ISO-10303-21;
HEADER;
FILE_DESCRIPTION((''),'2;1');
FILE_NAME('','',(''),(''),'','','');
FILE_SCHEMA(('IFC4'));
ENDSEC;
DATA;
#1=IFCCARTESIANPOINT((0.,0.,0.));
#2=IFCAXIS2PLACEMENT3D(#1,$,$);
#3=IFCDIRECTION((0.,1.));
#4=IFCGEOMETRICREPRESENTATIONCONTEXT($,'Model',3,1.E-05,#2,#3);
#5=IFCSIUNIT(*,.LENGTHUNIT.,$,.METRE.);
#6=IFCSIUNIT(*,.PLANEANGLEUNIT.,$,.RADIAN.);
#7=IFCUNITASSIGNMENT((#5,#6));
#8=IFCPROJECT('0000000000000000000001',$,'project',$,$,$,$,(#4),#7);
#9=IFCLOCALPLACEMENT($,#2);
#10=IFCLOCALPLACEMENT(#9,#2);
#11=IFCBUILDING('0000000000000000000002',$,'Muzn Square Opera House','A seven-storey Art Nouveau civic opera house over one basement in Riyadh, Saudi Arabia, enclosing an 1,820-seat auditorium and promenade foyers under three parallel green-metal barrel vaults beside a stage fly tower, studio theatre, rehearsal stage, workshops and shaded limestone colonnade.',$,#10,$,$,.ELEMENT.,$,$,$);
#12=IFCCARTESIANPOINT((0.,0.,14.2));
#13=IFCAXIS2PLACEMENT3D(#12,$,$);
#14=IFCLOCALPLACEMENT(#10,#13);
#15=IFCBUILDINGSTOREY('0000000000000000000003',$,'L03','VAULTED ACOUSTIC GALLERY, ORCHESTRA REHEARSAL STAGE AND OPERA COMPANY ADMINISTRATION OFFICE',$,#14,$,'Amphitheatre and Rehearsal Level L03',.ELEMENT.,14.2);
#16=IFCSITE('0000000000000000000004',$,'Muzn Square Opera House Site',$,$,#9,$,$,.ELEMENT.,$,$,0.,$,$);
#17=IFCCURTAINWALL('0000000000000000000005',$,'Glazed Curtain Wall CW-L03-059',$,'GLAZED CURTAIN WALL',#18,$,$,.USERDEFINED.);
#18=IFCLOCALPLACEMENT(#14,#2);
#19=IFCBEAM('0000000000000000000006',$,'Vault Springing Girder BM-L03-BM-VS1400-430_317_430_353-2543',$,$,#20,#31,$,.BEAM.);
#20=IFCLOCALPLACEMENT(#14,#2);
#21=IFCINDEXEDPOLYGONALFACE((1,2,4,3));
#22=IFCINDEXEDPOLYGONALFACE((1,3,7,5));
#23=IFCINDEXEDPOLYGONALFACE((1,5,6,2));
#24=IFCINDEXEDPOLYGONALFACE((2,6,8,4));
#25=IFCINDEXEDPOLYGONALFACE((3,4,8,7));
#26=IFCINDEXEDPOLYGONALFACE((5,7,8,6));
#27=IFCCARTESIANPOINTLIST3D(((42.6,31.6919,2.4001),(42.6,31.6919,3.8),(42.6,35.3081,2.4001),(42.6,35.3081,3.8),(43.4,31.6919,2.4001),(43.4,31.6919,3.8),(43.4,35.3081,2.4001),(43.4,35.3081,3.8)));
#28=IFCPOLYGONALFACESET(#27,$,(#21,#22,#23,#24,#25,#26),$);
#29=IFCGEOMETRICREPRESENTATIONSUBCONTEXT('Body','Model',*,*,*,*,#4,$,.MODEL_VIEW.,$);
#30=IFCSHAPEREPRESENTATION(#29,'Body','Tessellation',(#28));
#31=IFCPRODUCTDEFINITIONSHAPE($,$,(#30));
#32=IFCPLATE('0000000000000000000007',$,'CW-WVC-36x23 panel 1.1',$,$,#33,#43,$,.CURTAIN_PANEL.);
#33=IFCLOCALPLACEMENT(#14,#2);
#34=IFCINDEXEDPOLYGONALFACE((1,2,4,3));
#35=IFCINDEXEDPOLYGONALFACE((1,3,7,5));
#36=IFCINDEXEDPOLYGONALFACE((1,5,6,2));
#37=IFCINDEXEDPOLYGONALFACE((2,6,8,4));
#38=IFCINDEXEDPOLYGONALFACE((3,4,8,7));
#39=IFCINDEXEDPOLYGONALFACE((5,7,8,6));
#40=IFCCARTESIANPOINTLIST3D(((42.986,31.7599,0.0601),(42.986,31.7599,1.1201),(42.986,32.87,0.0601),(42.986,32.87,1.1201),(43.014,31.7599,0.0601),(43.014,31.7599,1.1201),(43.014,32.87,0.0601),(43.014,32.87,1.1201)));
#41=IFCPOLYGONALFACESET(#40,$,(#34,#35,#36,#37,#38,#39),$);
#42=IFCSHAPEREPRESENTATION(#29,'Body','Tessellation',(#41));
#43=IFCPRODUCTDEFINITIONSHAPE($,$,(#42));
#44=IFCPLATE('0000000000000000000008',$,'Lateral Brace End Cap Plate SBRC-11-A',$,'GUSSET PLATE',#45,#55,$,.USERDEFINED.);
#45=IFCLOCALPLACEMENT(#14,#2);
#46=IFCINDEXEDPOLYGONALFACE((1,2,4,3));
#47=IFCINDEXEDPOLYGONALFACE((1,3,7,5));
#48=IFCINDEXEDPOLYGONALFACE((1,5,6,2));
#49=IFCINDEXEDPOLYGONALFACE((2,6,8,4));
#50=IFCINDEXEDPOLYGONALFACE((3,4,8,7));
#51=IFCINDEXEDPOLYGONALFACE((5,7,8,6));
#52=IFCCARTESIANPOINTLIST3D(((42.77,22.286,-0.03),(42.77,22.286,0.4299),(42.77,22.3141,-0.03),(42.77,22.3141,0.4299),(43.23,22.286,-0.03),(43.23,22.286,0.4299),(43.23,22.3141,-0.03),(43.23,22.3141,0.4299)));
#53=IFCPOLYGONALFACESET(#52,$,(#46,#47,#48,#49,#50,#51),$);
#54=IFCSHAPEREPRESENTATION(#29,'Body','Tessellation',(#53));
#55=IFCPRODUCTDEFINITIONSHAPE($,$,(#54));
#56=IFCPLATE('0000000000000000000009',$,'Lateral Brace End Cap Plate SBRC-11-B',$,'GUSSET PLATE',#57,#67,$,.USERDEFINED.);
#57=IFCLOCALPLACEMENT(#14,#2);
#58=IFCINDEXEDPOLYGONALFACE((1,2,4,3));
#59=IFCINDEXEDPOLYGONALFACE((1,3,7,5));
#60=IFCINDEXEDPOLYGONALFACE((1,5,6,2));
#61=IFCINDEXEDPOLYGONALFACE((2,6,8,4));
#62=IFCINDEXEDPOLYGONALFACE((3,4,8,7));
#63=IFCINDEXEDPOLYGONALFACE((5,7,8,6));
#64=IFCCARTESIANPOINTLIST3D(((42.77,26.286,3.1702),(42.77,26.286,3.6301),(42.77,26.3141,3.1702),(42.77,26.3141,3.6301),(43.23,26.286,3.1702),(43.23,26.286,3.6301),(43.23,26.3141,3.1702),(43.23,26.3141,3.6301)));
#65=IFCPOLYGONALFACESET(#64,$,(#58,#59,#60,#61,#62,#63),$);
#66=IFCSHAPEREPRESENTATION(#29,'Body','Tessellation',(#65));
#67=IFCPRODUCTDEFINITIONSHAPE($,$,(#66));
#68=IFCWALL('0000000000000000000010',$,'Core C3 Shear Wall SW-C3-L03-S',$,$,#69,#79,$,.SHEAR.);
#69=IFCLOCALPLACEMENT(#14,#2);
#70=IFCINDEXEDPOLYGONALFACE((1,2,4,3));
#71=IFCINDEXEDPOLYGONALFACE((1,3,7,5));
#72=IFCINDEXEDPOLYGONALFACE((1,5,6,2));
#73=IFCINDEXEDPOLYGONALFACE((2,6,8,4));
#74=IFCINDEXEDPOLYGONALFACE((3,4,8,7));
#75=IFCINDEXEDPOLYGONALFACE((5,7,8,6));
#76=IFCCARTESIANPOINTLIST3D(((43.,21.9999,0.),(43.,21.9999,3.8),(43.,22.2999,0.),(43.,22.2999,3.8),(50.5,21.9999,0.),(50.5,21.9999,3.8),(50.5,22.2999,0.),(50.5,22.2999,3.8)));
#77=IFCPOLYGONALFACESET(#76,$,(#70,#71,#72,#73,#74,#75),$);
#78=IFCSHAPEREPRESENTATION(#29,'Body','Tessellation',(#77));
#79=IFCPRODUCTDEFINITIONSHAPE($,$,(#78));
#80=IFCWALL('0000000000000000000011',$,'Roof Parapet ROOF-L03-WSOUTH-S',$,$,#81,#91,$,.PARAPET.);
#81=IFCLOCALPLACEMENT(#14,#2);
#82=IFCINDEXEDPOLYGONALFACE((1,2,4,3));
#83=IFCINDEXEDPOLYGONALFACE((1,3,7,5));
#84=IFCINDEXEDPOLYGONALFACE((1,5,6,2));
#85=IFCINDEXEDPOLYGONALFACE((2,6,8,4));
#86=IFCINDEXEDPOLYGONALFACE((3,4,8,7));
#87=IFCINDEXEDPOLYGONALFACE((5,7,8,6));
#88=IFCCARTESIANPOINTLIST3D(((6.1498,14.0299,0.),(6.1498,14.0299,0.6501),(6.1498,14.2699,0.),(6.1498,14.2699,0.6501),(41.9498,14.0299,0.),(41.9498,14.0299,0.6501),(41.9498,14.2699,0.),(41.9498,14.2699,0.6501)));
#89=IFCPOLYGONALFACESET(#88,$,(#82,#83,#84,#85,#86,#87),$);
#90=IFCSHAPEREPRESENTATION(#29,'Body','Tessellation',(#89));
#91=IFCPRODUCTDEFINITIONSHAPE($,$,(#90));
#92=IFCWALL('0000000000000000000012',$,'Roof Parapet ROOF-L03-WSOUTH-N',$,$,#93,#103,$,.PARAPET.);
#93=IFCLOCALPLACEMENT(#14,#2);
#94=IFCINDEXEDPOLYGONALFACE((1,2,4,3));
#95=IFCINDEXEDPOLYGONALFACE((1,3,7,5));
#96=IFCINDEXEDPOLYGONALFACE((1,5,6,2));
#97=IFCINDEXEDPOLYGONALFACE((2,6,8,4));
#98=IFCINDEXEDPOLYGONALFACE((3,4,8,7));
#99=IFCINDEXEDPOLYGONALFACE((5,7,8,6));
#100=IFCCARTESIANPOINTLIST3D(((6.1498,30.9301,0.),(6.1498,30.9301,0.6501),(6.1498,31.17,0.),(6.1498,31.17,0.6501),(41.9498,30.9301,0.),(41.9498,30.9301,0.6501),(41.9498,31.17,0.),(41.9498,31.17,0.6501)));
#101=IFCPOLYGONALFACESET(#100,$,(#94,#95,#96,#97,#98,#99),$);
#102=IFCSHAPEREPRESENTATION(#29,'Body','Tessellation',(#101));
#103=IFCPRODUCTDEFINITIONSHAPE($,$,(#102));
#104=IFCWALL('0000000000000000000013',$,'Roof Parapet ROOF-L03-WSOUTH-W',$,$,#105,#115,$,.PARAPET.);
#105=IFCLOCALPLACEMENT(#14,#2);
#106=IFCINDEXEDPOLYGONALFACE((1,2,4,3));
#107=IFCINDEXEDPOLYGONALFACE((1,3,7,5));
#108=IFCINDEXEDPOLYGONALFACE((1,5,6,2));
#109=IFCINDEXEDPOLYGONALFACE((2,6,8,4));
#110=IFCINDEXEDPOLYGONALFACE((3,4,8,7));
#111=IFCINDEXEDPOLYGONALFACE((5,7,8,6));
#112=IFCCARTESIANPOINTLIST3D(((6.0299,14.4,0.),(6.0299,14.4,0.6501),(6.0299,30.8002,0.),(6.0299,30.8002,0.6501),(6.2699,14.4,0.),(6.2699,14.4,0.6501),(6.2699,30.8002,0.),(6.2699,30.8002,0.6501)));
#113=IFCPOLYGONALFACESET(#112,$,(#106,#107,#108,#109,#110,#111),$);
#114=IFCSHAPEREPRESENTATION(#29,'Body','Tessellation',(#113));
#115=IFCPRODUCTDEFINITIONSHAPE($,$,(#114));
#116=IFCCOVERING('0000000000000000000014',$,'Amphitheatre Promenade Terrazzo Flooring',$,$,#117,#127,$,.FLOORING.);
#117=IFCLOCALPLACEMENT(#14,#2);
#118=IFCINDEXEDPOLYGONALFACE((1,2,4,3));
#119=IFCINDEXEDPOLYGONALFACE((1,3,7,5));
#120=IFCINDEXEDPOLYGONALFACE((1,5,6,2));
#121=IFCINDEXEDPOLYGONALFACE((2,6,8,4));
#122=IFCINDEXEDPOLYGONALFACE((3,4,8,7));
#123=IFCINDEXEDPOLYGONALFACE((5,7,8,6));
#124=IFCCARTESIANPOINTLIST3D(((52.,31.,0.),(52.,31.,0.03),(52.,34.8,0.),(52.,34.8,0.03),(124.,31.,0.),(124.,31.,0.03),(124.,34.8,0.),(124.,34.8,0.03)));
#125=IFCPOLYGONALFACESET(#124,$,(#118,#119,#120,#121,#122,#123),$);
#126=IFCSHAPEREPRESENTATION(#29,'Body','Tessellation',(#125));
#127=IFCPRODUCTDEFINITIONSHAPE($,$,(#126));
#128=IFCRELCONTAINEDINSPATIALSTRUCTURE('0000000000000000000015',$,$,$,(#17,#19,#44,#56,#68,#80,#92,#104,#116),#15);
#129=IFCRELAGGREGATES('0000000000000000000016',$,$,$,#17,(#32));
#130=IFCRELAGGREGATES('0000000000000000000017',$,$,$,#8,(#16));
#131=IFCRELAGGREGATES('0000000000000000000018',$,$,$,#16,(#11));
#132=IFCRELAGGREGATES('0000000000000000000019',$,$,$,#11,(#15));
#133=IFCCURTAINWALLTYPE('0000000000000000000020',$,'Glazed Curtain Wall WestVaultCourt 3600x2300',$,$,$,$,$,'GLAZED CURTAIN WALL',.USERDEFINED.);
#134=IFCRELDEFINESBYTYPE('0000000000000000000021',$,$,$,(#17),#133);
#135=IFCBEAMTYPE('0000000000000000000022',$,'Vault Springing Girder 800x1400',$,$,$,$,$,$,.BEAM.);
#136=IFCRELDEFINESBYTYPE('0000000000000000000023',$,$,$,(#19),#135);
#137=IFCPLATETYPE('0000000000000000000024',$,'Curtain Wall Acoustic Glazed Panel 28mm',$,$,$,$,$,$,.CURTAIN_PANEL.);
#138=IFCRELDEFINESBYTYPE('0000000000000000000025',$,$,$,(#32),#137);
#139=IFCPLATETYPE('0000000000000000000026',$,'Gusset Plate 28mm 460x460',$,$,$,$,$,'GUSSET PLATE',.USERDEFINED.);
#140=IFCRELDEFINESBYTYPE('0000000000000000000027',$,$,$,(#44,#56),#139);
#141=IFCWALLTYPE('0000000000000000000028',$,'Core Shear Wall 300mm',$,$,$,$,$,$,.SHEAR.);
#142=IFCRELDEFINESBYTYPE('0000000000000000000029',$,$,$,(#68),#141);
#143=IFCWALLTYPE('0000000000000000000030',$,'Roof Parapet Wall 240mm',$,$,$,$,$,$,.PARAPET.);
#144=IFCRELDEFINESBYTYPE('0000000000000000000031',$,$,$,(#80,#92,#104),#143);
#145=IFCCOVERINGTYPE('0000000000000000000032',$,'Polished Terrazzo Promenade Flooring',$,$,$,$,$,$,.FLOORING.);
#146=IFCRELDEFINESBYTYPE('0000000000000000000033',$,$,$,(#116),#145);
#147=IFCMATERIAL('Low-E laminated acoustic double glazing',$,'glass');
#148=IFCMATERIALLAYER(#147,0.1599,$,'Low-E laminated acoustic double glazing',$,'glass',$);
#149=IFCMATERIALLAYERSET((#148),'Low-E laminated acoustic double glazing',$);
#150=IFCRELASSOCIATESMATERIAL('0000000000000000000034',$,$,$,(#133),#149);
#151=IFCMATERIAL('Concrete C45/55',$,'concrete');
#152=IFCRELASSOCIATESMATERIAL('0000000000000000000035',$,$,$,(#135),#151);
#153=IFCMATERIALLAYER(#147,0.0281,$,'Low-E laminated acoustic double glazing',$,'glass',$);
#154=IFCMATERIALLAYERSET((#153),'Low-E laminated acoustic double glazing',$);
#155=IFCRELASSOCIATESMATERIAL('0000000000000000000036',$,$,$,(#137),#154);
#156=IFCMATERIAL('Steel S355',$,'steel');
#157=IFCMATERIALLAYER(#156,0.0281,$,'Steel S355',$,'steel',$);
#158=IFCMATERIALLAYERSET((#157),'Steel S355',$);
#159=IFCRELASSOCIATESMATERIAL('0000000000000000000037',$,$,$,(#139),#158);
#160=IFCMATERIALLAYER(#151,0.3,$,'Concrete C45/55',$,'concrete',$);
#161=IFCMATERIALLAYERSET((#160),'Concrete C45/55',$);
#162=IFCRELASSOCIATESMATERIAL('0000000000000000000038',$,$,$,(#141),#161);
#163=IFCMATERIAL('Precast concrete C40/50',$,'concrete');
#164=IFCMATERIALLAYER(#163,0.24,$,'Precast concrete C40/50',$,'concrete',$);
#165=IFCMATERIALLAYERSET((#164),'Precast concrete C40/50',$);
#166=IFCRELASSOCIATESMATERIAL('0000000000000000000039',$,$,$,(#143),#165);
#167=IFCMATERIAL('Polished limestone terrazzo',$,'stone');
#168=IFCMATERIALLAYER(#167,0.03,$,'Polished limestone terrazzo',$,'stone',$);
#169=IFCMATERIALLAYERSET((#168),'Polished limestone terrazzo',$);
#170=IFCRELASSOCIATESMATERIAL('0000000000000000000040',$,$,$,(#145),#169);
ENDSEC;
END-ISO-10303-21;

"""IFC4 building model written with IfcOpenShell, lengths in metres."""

from ifc_helpers import new_model, si_unit, direction, frame, frame_2d, origin, origin_2d, place, context, subcontext, project, spatial, polyline, rectangle, outline, extrude, material, layer, layer_set, material_profile, profile_set, type_object, element, aggregate, save


model = new_model("IFC4")

# Units and contexts
model_context = context("Model", 3, precision=1e-05, world=origin(), true_north=direction((0.0, 1.0)))
body_context = subcontext(model_context, "Body", "Model", "MODEL_VIEW")
ifc_project = project(units=[si_unit("LENGTHUNIT", "METRE"), si_unit("PLANEANGLEUNIT", "RADIAN")], contexts=[model_context])

# Site, building, storey
site_placement = place(None, origin())
site = spatial("IfcSite", under=ifc_project, at=site_placement, Name="Muzn Square Opera House Site", CompositionType="ELEMENT", RefElevation=0.0)
building_placement = place(site_placement, origin())
building = spatial("IfcBuilding", under=site, at=building_placement, Name="Muzn Square Opera House", Description="A seven-storey Art Nouveau civic opera house over one basement in Riyadh, Saudi Arabia, enclosing an 1,820-seat auditorium and promenade foyers under three parallel green-metal barrel vaults beside a stage fly tower, studio theatre, rehearsal stage, workshops and shaded limestone colonnade.", CompositionType="ELEMENT")
storey_placement = place(building_placement, frame((0.0, 0.0, 14.2)))
storey = spatial("IfcBuildingStorey", under=building, at=storey_placement, Name="L03", Description="VAULTED ACOUSTIC GALLERY, ORCHESTRA REHEARSAL STAGE AND OPERA COMPANY ADMINISTRATION OFFICE", LongName="Amphitheatre and Rehearsal Level L03", CompositionType="ELEMENT", Elevation=14.2)

# Shared definitions
ifc_material_1 = material(Name="Concrete C45/55", Category="concrete")

# Curtain wall
ifc_material_2 = material(Name="Low-E laminated acoustic double glazing", Category="glass")
ifc_layer_1 = layer(ifc_material_2, 0.1599, Name="Low-E laminated acoustic double glazing", Category="glass")
ifc_layer_set_1 = layer_set([ifc_layer_1], Name="Low-E laminated acoustic double glazing")
curtain_wall_type = type_object("IfcCurtainWallType", Name="Glazed Curtain Wall WestVaultCourt 3600x2300", ElementType="GLAZED CURTAIN WALL", PredefinedType="USERDEFINED", material=ifc_layer_set_1)
curtain_wall_placement = place(storey_placement, origin())
curtain_wall = element("IfcCurtainWall", 1, at=curtain_wall_placement, inside=storey, type_object=curtain_wall_type, Name="Glazed Curtain Wall CW-L03-059", ObjectType="GLAZED CURTAIN WALL", PredefinedType="USERDEFINED")

# Shared definitions
ifc_material_3 = material(Name="Steel S355", Category="steel")

# Beam
ifc_material_profile_1 = material_profile(ifc_material_1, rectangle(XDim=0.8, YDim=1.3999, at=origin_2d()), Name="RCB 800x1400", Category="concrete")
ifc_profile_set_1 = profile_set([ifc_material_profile_1], Name="Concrete C45/55")
beam_type = type_object("IfcBeamType", Name="Vault Springing Girder 800x1400", PredefinedType="BEAM", material=ifc_profile_set_1)
beam_1_placement = place(storey_placement, frame((43.0, 31.6919, 3.1001), z_axis=(0.0, 1.0, 0.0), x_axis=(-1.0, 0.0, 0.0)))
element("IfcBeam", 2, at=beam_1_placement, inside=storey, type_object=beam_type, Name="Vault Springing Girder BM-L03-BM-VS1400-430_317_430_353-2543", PredefinedType="BEAM", context=body_context, shape_type="SweptSolid", body=[
    extrude(rectangle(XDim=0.8, YDim=1.3999, at=origin_2d()), origin(), (0.0, 0.0, 1.0), 3.6162),
])

# Plate
ifc_layer_2 = layer(ifc_material_2, 0.0281, Name="Low-E laminated acoustic double glazing", Category="glass")
ifc_layer_set_2 = layer_set([ifc_layer_2], Name="Low-E laminated acoustic double glazing")
plate_type_1 = type_object("IfcPlateType", Name="Curtain Wall Acoustic Glazed Panel 28mm", PredefinedType="CURTAIN_PANEL", material=ifc_layer_set_2)
plate_placement = place(storey_placement, frame((43.0, 32.3149, 0.0601), z_axis=(0.0, 0.0, 1.0), x_axis=(0.0, 1.0, 0.0)))
plate = element("IfcPlate", 3, at=plate_placement, type_object=plate_type_1, Name="CW-WVC-36x23 panel 1.1", PredefinedType="CURTAIN_PANEL", context=body_context, shape_type="SweptSolid", body=[
    extrude(rectangle(XDim=1.1101, YDim=0.0281, at=origin_2d()), origin(), (0.0, 0.0, 1.0), 1.0601),
])
aggregate(curtain_wall, [plate])

# Plates
ifc_layer_3 = layer(ifc_material_3, 0.0281, Name="Steel S355", Category="steel")
ifc_layer_set_3 = layer_set([ifc_layer_3], Name="Steel S355")
plate_type_2 = type_object("IfcPlateType", Name="Gusset Plate 28mm 460x460", ElementType="GUSSET PLATE", PredefinedType="USERDEFINED", material=ifc_layer_set_3)
for number, where, z_axis, x_axis, name in (
    (4, (43.0, 22.3, -0.03), (0.0, 0.0, 1.0), (1.0, 0.0, 0.0), "Lateral Brace End Cap Plate SBRC-11-A"),
    (5, (43.0, 26.3, 3.1702), (0.0, 0.0, 1.0), (1.0, 0.0, 0.0), "Lateral Brace End Cap Plate SBRC-11-B"),
):
    element("IfcPlate", number, at=place(storey_placement, frame(where, z_axis=z_axis, x_axis=x_axis)), inside=storey, type_object=plate_type_2, Name=name, ObjectType="GUSSET PLATE", PredefinedType="USERDEFINED", context=body_context, shape_type="SweptSolid", body=[
        extrude(rectangle(XDim=0.46, YDim=0.0281, at=origin_2d()), origin(), (0.0, 0.0, 1.0), 0.46),
    ])

# Wall
ifc_layer_4 = layer(ifc_material_1, 0.3, Name="Concrete C45/55", Category="concrete")
ifc_layer_set_4 = layer_set([ifc_layer_4], Name="Concrete C45/55")
wall_type_1 = type_object("IfcWallType", Name="Core Shear Wall 300mm", PredefinedType="SHEAR", material=ifc_layer_set_4)
wall_1_placement = place(storey_placement, frame((43.0, 22.1499, 0.0), z_axis=(0.0, 0.0, 1.0), x_axis=(1.0, 0.0, 0.0)))
element("IfcWall", 6, at=wall_1_placement, inside=storey, type_object=wall_type_1, Name="Core C3 Shear Wall SW-C3-L03-S", PredefinedType="SHEAR", context=body_context, shape_type="SweptSolid", body=[
    extrude(rectangle(XDim=7.5, YDim=0.3, at=frame_2d((3.75, 0.0))), origin(), (0.0, 0.0, 1.0), 3.8),
])

# Walls
ifc_material_4 = material(Name="Precast concrete C40/50", Category="concrete")
ifc_layer_5 = layer(ifc_material_4, 0.24, Name="Precast concrete C40/50", Category="concrete")
ifc_layer_set_5 = layer_set([ifc_layer_5], Name="Precast concrete C40/50")
wall_type_2 = type_object("IfcWallType", Name="Roof Parapet Wall 240mm", PredefinedType="PARAPET", material=ifc_layer_set_5)
for number, where, z_axis, x_axis, name in (
    (7, (6.1499, 14.1499, 0.0), (0.0, 0.0, 1.0), (1.0, 0.0, 0.0), "Roof Parapet ROOF-L03-WSOUTH-S"),
    (8, (6.1499, 31.05, 0.0), (0.0, 0.0, 1.0), (1.0, 0.0, 0.0), "Roof Parapet ROOF-L03-WSOUTH-N"),
):
    element("IfcWall", number, at=place(storey_placement, frame(where, z_axis=z_axis, x_axis=x_axis)), inside=storey, type_object=wall_type_2, Name=name, PredefinedType="PARAPET", context=body_context, shape_type="SweptSolid", body=[
        extrude(rectangle(XDim=35.8, YDim=0.24, at=frame_2d((17.8999, 0.0))), origin(), (0.0, 0.0, 1.0), 0.6501),
    ])
wall_2_placement = place(storey_placement, frame((6.1499, 14.3999, 0.0), z_axis=(0.0, 0.0, 1.0), x_axis=(0.0, 1.0, 0.0)))
element("IfcWall", 9, at=wall_2_placement, inside=storey, type_object=wall_type_2, Name="Roof Parapet ROOF-L03-WSOUTH-W", PredefinedType="PARAPET", context=body_context, shape_type="SweptSolid", body=[
    extrude(rectangle(XDim=16.4001, YDim=0.24, at=frame_2d((8.2002, 0.0))), origin(), (0.0, 0.0, 1.0), 0.6501),
])

# Covering
ifc_material_5 = material(Name="Polished limestone terrazzo", Category="stone")
ifc_layer_6 = layer(ifc_material_5, 0.03, Name="Polished limestone terrazzo", Category="stone")
ifc_layer_set_6 = layer_set([ifc_layer_6], Name="Polished limestone terrazzo")
covering_type = type_object("IfcCoveringType", Name="Polished Terrazzo Promenade Flooring", PredefinedType="FLOORING", material=ifc_layer_set_6)
covering_placement = place(storey_placement, origin())
element("IfcCovering", 10, at=covering_placement, inside=storey, type_object=covering_type, Name="Amphitheatre Promenade Terrazzo Flooring", PredefinedType="FLOORING", context=body_context, shape_type="SweptSolid", body=[
    extrude(outline(polyline([(52.0, 31.0), (124.0, 31.0), (124.0, 34.8), (52.0, 34.8), (52.0, 31.0)])), origin(), (0.0, 0.0, 1.0), 0.03),
])

save(model, "model.ifc")
